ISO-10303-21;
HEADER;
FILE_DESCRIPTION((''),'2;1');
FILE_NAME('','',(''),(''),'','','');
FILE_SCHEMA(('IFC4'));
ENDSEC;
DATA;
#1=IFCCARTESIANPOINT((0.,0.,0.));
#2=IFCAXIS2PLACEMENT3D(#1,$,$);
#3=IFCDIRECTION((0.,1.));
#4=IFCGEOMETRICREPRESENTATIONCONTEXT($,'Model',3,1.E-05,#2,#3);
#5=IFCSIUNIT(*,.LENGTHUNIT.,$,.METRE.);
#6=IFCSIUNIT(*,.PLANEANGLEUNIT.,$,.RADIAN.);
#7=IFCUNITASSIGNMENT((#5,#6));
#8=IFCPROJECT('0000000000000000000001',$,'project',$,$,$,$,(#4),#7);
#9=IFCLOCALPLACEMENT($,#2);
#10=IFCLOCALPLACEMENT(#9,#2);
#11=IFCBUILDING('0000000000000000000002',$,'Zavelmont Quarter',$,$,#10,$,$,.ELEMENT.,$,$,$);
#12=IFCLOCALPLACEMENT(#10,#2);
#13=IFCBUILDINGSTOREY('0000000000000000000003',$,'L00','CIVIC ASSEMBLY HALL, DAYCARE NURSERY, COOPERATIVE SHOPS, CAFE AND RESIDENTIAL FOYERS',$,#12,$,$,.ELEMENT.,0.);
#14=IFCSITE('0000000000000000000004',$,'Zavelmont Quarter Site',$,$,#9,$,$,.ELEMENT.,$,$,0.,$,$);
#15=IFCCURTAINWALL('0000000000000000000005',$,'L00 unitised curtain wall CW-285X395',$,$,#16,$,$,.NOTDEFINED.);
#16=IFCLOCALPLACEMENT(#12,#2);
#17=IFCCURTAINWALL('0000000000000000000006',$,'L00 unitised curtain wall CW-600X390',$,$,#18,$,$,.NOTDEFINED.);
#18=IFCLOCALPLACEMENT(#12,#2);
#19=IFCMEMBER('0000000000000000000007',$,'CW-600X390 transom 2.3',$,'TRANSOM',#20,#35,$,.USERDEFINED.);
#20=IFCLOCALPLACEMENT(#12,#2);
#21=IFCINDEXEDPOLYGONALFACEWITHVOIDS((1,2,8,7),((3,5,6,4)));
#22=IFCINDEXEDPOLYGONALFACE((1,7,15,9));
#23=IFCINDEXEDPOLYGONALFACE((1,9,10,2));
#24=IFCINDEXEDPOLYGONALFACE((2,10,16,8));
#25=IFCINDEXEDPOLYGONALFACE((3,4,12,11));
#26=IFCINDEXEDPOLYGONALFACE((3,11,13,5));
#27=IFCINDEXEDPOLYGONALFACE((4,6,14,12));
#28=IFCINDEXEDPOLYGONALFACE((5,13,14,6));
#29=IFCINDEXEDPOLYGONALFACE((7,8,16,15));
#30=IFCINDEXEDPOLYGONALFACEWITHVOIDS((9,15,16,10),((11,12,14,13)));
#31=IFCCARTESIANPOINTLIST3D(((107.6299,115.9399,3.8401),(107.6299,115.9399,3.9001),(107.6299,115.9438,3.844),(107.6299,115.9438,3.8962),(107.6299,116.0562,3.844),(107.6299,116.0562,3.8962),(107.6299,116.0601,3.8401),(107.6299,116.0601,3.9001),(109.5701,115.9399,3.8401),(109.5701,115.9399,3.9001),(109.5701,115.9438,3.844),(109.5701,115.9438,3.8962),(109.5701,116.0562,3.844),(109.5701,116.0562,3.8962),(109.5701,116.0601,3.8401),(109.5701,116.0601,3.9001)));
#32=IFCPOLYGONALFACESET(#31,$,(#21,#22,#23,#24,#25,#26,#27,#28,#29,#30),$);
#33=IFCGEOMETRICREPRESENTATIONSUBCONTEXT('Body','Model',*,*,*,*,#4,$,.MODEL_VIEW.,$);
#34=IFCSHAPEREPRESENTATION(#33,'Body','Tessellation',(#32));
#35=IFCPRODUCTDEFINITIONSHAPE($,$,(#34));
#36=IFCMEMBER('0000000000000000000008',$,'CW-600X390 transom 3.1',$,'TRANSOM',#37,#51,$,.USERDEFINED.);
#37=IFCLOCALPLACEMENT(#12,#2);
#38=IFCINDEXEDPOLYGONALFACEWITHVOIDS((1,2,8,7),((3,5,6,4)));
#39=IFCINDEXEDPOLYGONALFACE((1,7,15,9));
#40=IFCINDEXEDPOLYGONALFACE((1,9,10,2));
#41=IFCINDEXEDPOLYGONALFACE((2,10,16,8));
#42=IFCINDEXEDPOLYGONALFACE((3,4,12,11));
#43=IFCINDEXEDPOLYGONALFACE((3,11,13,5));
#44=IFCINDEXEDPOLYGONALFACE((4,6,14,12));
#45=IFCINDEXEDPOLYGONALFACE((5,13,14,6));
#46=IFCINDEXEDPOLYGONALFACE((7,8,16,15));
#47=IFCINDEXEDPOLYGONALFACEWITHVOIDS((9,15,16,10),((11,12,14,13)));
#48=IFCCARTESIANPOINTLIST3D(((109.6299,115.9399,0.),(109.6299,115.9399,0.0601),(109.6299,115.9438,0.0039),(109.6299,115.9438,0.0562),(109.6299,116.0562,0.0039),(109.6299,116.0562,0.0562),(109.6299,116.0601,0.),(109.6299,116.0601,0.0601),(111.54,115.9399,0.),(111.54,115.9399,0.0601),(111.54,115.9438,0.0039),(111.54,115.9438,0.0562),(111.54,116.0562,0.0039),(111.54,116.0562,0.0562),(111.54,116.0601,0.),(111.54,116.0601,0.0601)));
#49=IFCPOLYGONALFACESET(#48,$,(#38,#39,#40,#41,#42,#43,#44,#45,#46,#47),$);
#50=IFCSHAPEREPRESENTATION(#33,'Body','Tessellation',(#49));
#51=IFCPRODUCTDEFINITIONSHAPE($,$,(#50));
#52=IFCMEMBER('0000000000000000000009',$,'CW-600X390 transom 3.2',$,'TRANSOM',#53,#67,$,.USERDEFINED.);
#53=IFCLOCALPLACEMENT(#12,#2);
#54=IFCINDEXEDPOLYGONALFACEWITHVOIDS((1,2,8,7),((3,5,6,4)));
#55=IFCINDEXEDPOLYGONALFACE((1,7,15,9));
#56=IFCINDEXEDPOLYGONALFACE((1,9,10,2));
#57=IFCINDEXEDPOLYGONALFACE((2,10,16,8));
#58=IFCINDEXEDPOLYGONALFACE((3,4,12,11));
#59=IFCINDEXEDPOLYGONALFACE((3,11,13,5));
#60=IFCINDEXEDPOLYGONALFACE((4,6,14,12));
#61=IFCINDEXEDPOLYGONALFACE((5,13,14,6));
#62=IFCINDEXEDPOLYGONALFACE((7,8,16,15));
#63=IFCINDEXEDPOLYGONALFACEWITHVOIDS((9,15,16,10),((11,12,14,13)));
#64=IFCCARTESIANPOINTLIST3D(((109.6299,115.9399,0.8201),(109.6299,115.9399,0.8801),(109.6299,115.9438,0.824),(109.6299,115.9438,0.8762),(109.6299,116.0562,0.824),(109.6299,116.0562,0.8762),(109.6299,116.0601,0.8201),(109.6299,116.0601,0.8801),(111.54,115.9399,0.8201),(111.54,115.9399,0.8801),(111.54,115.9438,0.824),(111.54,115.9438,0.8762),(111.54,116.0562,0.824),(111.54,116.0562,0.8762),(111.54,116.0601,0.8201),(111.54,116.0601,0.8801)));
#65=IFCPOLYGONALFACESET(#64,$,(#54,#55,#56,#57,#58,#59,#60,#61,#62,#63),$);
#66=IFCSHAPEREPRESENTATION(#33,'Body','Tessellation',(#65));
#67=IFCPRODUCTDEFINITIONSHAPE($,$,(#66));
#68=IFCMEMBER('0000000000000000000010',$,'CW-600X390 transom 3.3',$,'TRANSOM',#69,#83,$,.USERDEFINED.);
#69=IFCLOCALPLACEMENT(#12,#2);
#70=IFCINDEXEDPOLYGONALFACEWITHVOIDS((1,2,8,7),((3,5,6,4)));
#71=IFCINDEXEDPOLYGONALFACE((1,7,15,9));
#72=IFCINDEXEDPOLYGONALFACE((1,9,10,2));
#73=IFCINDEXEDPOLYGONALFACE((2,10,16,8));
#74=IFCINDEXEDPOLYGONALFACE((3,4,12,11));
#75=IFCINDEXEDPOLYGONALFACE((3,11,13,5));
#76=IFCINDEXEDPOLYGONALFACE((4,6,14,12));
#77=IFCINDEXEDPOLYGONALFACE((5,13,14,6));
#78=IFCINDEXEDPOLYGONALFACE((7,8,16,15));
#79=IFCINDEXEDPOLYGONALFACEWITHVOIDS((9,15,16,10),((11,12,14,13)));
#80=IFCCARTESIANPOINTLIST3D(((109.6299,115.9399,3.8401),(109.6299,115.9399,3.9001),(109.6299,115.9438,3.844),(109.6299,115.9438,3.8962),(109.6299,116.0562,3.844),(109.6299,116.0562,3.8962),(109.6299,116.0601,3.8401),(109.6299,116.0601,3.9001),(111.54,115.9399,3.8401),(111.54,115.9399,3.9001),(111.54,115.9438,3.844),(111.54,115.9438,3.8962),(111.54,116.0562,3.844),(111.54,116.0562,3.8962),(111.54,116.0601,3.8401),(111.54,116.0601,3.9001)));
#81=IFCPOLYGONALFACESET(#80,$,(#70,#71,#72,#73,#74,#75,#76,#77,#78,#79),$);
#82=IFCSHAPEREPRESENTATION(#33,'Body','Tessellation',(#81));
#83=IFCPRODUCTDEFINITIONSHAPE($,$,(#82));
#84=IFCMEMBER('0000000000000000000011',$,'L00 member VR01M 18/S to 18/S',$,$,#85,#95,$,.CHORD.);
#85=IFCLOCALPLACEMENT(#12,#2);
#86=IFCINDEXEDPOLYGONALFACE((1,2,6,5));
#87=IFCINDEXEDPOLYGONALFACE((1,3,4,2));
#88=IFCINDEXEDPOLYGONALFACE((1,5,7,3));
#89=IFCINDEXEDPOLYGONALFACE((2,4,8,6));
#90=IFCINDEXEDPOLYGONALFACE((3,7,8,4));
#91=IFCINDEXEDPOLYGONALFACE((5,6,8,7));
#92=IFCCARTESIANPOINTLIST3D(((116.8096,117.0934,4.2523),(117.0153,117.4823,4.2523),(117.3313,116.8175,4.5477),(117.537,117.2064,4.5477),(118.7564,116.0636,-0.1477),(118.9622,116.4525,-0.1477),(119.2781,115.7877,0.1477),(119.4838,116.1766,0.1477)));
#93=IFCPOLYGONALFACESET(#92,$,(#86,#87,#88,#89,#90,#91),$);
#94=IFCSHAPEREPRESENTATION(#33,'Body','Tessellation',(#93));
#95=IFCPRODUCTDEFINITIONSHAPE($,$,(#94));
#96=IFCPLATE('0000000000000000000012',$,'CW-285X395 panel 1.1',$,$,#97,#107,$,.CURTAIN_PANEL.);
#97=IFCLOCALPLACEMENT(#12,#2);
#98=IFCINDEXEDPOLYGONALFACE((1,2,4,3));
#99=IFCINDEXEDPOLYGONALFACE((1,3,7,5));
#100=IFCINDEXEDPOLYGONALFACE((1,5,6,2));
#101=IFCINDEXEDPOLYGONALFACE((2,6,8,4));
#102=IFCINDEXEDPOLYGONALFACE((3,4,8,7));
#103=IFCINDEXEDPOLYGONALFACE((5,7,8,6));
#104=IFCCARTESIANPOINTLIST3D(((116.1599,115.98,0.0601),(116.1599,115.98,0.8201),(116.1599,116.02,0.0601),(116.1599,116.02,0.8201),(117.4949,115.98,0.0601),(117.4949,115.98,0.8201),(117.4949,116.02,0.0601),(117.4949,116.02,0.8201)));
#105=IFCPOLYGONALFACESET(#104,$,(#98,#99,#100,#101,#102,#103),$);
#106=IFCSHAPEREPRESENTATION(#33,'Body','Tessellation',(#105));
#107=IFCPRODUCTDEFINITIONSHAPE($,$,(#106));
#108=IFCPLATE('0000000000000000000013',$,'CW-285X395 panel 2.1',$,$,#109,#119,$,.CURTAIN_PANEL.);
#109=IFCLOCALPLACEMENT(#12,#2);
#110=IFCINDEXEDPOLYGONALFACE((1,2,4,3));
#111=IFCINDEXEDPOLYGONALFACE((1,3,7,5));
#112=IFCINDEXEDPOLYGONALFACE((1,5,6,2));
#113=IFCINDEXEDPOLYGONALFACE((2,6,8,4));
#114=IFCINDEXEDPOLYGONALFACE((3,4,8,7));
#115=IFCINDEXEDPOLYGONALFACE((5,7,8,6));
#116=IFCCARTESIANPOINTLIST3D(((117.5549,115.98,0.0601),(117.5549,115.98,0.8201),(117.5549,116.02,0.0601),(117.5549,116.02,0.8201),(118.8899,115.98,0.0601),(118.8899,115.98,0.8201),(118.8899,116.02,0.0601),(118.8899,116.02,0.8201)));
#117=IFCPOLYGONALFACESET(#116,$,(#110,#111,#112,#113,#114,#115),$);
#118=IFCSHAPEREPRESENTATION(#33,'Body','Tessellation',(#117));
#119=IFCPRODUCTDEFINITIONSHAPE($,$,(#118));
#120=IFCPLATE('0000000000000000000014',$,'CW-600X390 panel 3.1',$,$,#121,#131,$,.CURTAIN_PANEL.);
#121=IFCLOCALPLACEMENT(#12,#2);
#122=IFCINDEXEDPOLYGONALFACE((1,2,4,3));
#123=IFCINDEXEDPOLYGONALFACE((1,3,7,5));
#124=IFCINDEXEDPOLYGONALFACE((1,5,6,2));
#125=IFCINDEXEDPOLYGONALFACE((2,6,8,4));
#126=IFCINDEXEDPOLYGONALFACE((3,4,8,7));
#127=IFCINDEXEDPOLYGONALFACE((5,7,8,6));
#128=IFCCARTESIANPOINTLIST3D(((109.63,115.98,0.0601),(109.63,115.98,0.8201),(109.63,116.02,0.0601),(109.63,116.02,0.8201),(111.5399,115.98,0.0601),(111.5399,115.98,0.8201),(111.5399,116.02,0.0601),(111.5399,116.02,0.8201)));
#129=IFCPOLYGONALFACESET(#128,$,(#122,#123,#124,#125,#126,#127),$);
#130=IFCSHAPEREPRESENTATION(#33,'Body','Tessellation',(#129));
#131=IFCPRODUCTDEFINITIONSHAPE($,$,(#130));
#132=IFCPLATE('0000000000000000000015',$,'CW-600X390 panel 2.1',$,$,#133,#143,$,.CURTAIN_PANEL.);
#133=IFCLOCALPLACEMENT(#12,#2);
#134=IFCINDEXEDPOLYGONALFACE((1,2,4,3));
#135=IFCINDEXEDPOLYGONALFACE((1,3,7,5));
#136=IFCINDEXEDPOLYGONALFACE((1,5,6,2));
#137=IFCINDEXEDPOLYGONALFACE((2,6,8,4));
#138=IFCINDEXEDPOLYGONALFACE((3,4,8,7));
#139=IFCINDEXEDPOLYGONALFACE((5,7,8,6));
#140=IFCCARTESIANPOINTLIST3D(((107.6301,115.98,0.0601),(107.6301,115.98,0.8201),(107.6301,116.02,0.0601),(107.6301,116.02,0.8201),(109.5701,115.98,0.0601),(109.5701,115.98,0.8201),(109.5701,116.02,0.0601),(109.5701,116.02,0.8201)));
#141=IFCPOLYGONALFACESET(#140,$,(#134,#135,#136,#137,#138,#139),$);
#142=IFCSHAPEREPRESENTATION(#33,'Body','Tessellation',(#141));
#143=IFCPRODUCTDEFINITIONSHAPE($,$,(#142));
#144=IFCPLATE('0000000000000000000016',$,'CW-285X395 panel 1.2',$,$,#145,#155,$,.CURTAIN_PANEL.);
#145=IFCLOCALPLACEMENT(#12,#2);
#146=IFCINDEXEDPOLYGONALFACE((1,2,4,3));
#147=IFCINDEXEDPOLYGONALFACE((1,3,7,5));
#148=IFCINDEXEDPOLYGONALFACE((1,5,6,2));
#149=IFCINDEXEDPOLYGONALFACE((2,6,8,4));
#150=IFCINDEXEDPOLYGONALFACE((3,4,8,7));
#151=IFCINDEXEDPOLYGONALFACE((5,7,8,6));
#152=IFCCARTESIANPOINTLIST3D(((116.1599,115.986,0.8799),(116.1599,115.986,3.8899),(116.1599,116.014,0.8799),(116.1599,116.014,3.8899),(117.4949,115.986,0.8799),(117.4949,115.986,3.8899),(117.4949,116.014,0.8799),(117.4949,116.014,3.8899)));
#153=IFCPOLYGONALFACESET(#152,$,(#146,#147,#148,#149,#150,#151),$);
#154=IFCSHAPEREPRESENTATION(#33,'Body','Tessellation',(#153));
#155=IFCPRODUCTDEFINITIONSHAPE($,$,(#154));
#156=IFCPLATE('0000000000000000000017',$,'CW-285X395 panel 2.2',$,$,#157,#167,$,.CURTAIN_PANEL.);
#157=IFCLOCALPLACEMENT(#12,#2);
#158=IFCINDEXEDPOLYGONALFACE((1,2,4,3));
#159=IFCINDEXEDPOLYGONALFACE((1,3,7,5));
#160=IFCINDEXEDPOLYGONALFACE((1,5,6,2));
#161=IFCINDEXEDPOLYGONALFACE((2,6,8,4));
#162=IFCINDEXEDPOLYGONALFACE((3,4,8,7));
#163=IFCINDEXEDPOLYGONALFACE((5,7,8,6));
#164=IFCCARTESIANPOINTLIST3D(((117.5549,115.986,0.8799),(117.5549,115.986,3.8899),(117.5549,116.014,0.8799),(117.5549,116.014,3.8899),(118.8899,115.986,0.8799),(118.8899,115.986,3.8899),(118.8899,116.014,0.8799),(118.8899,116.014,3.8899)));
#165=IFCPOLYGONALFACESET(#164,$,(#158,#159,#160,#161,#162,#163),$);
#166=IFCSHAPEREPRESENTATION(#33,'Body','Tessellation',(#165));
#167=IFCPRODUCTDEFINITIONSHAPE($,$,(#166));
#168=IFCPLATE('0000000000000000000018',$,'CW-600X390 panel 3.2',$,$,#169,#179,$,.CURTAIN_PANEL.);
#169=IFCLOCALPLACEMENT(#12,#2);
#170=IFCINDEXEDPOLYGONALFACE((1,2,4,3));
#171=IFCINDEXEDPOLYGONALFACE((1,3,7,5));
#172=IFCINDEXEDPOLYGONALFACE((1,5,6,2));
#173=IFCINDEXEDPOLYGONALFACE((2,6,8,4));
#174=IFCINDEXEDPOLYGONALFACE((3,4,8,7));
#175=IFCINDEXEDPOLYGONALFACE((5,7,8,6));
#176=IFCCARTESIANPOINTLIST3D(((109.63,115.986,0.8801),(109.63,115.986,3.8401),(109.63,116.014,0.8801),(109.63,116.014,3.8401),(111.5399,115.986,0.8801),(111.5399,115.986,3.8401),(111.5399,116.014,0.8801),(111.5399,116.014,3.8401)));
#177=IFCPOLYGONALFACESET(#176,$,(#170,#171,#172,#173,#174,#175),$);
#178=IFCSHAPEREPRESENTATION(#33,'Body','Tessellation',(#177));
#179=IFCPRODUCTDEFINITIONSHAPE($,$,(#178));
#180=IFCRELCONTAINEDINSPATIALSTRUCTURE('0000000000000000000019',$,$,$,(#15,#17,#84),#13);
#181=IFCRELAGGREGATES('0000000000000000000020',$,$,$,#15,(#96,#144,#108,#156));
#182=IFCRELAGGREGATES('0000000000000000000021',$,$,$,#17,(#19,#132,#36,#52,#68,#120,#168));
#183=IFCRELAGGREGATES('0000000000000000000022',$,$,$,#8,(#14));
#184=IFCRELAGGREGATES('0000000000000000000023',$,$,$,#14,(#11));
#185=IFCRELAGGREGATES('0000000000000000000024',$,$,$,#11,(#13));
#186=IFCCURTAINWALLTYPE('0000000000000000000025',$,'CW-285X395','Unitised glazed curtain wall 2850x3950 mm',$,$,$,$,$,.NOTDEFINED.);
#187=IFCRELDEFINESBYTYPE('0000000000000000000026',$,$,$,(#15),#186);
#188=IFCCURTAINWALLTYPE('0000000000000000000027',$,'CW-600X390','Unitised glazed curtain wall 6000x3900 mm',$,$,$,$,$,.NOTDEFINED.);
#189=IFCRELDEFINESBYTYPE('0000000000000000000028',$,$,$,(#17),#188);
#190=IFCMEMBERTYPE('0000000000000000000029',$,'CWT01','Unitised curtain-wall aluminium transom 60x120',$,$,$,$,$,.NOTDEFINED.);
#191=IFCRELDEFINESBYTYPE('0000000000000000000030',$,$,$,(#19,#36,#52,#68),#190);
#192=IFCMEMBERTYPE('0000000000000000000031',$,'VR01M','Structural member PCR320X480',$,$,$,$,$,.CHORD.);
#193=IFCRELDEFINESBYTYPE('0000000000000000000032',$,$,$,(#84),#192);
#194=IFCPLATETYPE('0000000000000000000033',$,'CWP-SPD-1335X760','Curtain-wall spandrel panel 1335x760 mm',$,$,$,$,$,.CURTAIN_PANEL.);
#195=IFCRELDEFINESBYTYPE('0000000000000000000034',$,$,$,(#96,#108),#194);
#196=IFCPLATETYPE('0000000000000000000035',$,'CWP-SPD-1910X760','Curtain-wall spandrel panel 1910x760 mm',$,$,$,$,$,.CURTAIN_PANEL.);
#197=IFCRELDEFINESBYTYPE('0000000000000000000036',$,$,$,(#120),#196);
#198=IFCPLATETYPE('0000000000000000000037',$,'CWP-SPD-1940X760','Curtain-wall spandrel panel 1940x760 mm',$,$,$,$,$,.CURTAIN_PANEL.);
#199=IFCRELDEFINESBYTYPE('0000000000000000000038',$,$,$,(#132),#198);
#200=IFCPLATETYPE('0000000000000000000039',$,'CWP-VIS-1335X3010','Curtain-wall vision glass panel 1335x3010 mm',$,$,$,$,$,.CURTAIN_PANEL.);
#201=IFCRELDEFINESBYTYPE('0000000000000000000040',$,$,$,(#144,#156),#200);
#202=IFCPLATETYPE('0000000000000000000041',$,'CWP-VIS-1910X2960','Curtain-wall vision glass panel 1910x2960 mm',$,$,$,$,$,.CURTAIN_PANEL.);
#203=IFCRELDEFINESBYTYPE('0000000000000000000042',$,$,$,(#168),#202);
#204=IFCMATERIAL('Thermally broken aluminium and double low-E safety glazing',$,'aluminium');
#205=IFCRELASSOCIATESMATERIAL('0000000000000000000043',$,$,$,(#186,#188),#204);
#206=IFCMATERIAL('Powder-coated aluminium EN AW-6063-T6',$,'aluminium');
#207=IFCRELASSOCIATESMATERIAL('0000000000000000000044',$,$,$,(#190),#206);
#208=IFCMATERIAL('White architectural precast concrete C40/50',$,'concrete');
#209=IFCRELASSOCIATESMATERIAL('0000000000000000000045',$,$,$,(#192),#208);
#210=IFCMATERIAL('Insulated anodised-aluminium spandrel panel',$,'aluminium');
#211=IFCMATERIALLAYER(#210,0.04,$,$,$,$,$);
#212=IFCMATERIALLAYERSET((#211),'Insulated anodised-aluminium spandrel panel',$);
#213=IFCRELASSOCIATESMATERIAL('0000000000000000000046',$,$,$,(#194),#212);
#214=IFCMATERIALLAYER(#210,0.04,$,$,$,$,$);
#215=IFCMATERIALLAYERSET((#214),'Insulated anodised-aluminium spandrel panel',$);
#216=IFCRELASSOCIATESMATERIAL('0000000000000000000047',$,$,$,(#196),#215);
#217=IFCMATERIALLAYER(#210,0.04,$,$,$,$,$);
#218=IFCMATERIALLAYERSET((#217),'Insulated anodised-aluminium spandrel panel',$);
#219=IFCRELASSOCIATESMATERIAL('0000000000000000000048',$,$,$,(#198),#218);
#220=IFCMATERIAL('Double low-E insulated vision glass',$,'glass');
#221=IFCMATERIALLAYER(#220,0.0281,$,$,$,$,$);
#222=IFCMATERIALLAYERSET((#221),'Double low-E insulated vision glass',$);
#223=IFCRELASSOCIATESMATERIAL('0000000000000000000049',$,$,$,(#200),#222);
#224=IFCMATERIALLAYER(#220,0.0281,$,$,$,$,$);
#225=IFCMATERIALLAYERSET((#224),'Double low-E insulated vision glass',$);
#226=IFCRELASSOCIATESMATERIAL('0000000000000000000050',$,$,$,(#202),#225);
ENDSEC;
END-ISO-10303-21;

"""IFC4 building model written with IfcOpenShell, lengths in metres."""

from ifc_helpers import new_model, si_unit, direction, frame, origin, origin_2d, place, context, subcontext, project, spatial, rectangle, hollow_rectangle, extrude, material, layer, layer_set, material_profile, profile_set, type_object, element, aggregate, save


model = new_model("IFC4")

# Units and contexts
model_context = context("Model", 3, precision=1e-05, world=origin(), true_north=direction((0.0, 1.0)))
body_context = subcontext(model_context, "Body", "Model", "MODEL_VIEW")
ifc_project = project(units=[si_unit("LENGTHUNIT", "METRE"), si_unit("PLANEANGLEUNIT", "RADIAN")], contexts=[model_context])

# Site, building, storey
site_placement = place(None, origin())
site = spatial("IfcSite", under=ifc_project, at=site_placement, Name="Zavelmont Quarter Site", CompositionType="ELEMENT", RefElevation=0.0)
building_placement = place(site_placement, origin())
building = spatial("IfcBuilding", under=site, at=building_placement, Name="Zavelmont Quarter", CompositionType="ELEMENT")
storey_placement = place(building_placement, origin())
storey = spatial("IfcBuildingStorey", under=building, at=storey_placement, Name="L00", Description="CIVIC ASSEMBLY HALL, DAYCARE NURSERY, COOPERATIVE SHOPS, CAFE AND RESIDENTIAL FOYERS", CompositionType="ELEMENT", Elevation=0.0)

# Curtain walls
ifc_material_1 = material(Name="Thermally broken aluminium and double low-E safety glazing", Category="aluminium")
curtain_wall_type_1 = type_object("IfcCurtainWallType", Name="CW-285X395", Description="Unitised glazed curtain wall 2850x3950 mm", PredefinedType="NOTDEFINED", material=ifc_material_1)
curtain_wall_1_placement = place(storey_placement, origin())
curtain_wall_1 = element("IfcCurtainWall", 1, at=curtain_wall_1_placement, inside=storey, type_object=curtain_wall_type_1, Name="L00 unitised curtain wall CW-285X395", PredefinedType="NOTDEFINED")
ifc_material_2 = material(Name="Powder-coated aluminium EN AW-6063-T6", Category="aluminium")
curtain_wall_type_2 = type_object("IfcCurtainWallType", Name="CW-600X390", Description="Unitised glazed curtain wall 6000x3900 mm", PredefinedType="NOTDEFINED", material=ifc_material_1)
curtain_wall_2_placement = place(storey_placement, origin())
curtain_wall_2 = element("IfcCurtainWall", 2, at=curtain_wall_2_placement, inside=storey, type_object=curtain_wall_type_2, Name="L00 unitised curtain wall CW-600X390", PredefinedType="NOTDEFINED")

# Members
ifc_material_profile_1 = material_profile(ifc_material_2, hollow_rectangle(XDim=0.1201, YDim=0.0601, WallThickness=0.0039, at=origin_2d()), Name="CWT60X120")
ifc_profile_set_1 = profile_set([ifc_material_profile_1], Name="Powder-coated aluminium EN AW-6063-T6")
member_type_1 = type_object("IfcMemberType", Name="CWT01", Description="Unitised curtain-wall aluminium transom 60x120", PredefinedType="NOTDEFINED", material=ifc_profile_set_1)
member_1_placement = place(storey_placement, frame((107.6299, 116.0, 3.8701), z_axis=(1.0, 0.0, 0.0), x_axis=(0.0, 1.0, 0.0)))
member_1 = element("IfcMember", 3, at=member_1_placement, type_object=member_type_1, Name="CW-600X390 transom 2.3", ObjectType="TRANSOM", PredefinedType="USERDEFINED", context=body_context, shape_type="SweptSolid", body=[
    extrude(hollow_rectangle(XDim=0.1201, YDim=0.0601, WallThickness=0.0039, at=origin_2d()), origin(), (0.0, 0.0, 1.0), 1.9402),
])
member_2_placement = place(storey_placement, frame((109.6299, 116.0, 0.03), z_axis=(1.0, 0.0, 0.0), x_axis=(0.0, 1.0, 0.0)))
member_2 = element("IfcMember", 4, at=member_2_placement, type_object=member_type_1, Name="CW-600X390 transom 3.1", ObjectType="TRANSOM", PredefinedType="USERDEFINED", context=body_context, shape_type="SweptSolid", body=[
    extrude(hollow_rectangle(XDim=0.1201, YDim=0.0601, WallThickness=0.0039, at=origin_2d()), origin(), (0.0, 0.0, 1.0), 1.9102),
])
member_3_placement = place(storey_placement, frame((109.6299, 116.0, 0.8501), z_axis=(1.0, 0.0, 0.0), x_axis=(0.0, 1.0, 0.0)))
member_3 = element("IfcMember", 5, at=member_3_placement, type_object=member_type_1, Name="CW-600X390 transom 3.2", ObjectType="TRANSOM", PredefinedType="USERDEFINED", context=body_context, shape_type="SweptSolid", body=[
    extrude(hollow_rectangle(XDim=0.1201, YDim=0.0601, WallThickness=0.0039, at=origin_2d()), origin(), (0.0, 0.0, 1.0), 1.9102),
])
member_4_placement = place(storey_placement, frame((109.6299, 116.0, 3.8701), z_axis=(1.0, 0.0, 0.0), x_axis=(0.0, 1.0, 0.0)))
member_4 = element("IfcMember", 6, at=member_4_placement, type_object=member_type_1, Name="CW-600X390 transom 3.3", ObjectType="TRANSOM", PredefinedType="USERDEFINED", context=body_context, shape_type="SweptSolid", body=[
    extrude(hollow_rectangle(XDim=0.1201, YDim=0.0601, WallThickness=0.0039, at=origin_2d()), origin(), (0.0, 0.0, 1.0), 1.9102),
])
ifc_material_3 = material(Name="White architectural precast concrete C40/50", Category="concrete")
ifc_material_profile_2 = material_profile(ifc_material_3, rectangle(XDim=0.4399, YDim=0.6599, at=origin_2d()), Name="PCR320X480")
ifc_profile_set_2 = profile_set([ifc_material_profile_2], Name="White architectural precast concrete C40/50")
member_type_2 = type_object("IfcMemberType", Name="VR01M", Description="Structural member PCR320X480", PredefinedType="CHORD", material=ifc_profile_set_2)
member_5_placement = place(storey_placement, frame((119.1201, 116.1201, 0.0), z_axis=(-0.395661, 0.209292, 0.894231), x_axis=(-0.467582, -0.88395, 0.0)))
element("IfcMember", 7, at=member_5_placement, inside=storey, type_object=member_type_2, Name="L00 member VR01M 18/S to 18/S", PredefinedType="CHORD", context=body_context, shape_type="SweptSolid", body=[
    extrude(rectangle(XDim=0.4399, YDim=0.6599, at=origin_2d()), origin(), (0.0, 0.0, 1.0), 4.9204),
])

# Plates
ifc_material_4 = material(Name="Insulated anodised-aluminium spandrel panel", Category="aluminium")
ifc_layer_1 = layer(ifc_material_4, 0.04)
ifc_layer_set_1 = layer_set([ifc_layer_1], Name="Insulated anodised-aluminium spandrel panel")
plate_type_1 = type_object("IfcPlateType", Name="CWP-SPD-1335X760", Description="Curtain-wall spandrel panel 1335x760 mm", PredefinedType="CURTAIN_PANEL", material=ifc_layer_set_1)
plate_1_placement = place(storey_placement, frame((116.8274, 116.0, 0.0601), z_axis=(0.0, 0.0, 1.0), x_axis=(1.0, 0.0, 0.0)))
plate_1 = element("IfcPlate", 8, at=plate_1_placement, type_object=plate_type_1, Name="CW-285X395 panel 1.1", PredefinedType="CURTAIN_PANEL", context=body_context, shape_type="SweptSolid", body=[
    extrude(rectangle(XDim=1.335, YDim=0.04, at=origin_2d()), origin(), (0.0, 0.0, 1.0), 0.76),
])
plate_2_placement = place(storey_placement, frame((118.2224, 116.0, 0.0601), z_axis=(0.0, 0.0, 1.0), x_axis=(1.0, 0.0, 0.0)))
plate_2 = element("IfcPlate", 9, at=plate_2_placement, type_object=plate_type_1, Name="CW-285X395 panel 2.1", PredefinedType="CURTAIN_PANEL", context=body_context, shape_type="SweptSolid", body=[
    extrude(rectangle(XDim=1.335, YDim=0.04, at=origin_2d()), origin(), (0.0, 0.0, 1.0), 0.76),
])
ifc_layer_2 = layer(ifc_material_4, 0.04)
ifc_layer_set_2 = layer_set([ifc_layer_2], Name="Insulated anodised-aluminium spandrel panel")
plate_type_2 = type_object("IfcPlateType", Name="CWP-SPD-1910X760", Description="Curtain-wall spandrel panel 1910x760 mm", PredefinedType="CURTAIN_PANEL", material=ifc_layer_set_2)
plate_3_placement = place(storey_placement, frame((110.585, 116.0, 0.0601), z_axis=(0.0, 0.0, 1.0), x_axis=(1.0, 0.0, 0.0)))
plate_3 = element("IfcPlate", 10, at=plate_3_placement, type_object=plate_type_2, Name="CW-600X390 panel 3.1", PredefinedType="CURTAIN_PANEL", context=body_context, shape_type="SweptSolid", body=[
    extrude(rectangle(XDim=1.9099, YDim=0.04, at=origin_2d()), origin(), (0.0, 0.0, 1.0), 0.76),
])
ifc_layer_3 = layer(ifc_material_4, 0.04)
ifc_layer_set_3 = layer_set([ifc_layer_3], Name="Insulated anodised-aluminium spandrel panel")
plate_type_3 = type_object("IfcPlateType", Name="CWP-SPD-1940X760", Description="Curtain-wall spandrel panel 1940x760 mm", PredefinedType="CURTAIN_PANEL", material=ifc_layer_set_3)
plate_4_placement = place(storey_placement, frame((108.6001, 116.0, 0.0601), z_axis=(0.0, 0.0, 1.0), x_axis=(1.0, 0.0, 0.0)))
plate_4 = element("IfcPlate", 11, at=plate_4_placement, type_object=plate_type_3, Name="CW-600X390 panel 2.1", PredefinedType="CURTAIN_PANEL", context=body_context, shape_type="SweptSolid", body=[
    extrude(rectangle(XDim=1.9399, YDim=0.04, at=origin_2d()), origin(), (0.0, 0.0, 1.0), 0.76),
])
ifc_material_5 = material(Name="Double low-E insulated vision glass", Category="glass")
ifc_layer_4 = layer(ifc_material_5, 0.0281)
ifc_layer_set_4 = layer_set([ifc_layer_4], Name="Double low-E insulated vision glass")
plate_type_4 = type_object("IfcPlateType", Name="CWP-VIS-1335X3010", Description="Curtain-wall vision glass panel 1335x3010 mm", PredefinedType="CURTAIN_PANEL", material=ifc_layer_set_4)
plate_5_placement = place(storey_placement, frame((116.8274, 116.0, 0.8799), z_axis=(0.0, 0.0, 1.0), x_axis=(1.0, 0.0, 0.0)))
plate_5 = element("IfcPlate", 12, at=plate_5_placement, type_object=plate_type_4, Name="CW-285X395 panel 1.2", PredefinedType="CURTAIN_PANEL", context=body_context, shape_type="SweptSolid", body=[
    extrude(rectangle(XDim=1.335, YDim=0.0281, at=origin_2d()), origin(), (0.0, 0.0, 1.0), 3.01),
])
plate_6_placement = place(storey_placement, frame((118.2224, 116.0, 0.8799), z_axis=(0.0, 0.0, 1.0), x_axis=(1.0, 0.0, 0.0)))
plate_6 = element("IfcPlate", 13, at=plate_6_placement, type_object=plate_type_4, Name="CW-285X395 panel 2.2", PredefinedType="CURTAIN_PANEL", context=body_context, shape_type="SweptSolid", body=[
    extrude(rectangle(XDim=1.335, YDim=0.0281, at=origin_2d()), origin(), (0.0, 0.0, 1.0), 3.01),
])
aggregate(curtain_wall_1, [plate_1, plate_5, plate_2, plate_6])
ifc_layer_5 = layer(ifc_material_5, 0.0281)
ifc_layer_set_5 = layer_set([ifc_layer_5], Name="Double low-E insulated vision glass")
plate_type_5 = type_object("IfcPlateType", Name="CWP-VIS-1910X2960", Description="Curtain-wall vision glass panel 1910x2960 mm", PredefinedType="CURTAIN_PANEL", material=ifc_layer_set_5)
plate_7_placement = place(storey_placement, frame((110.585, 116.0, 0.8801), z_axis=(0.0, 0.0, 1.0), x_axis=(1.0, 0.0, 0.0)))
plate_7 = element("IfcPlate", 14, at=plate_7_placement, type_object=plate_type_5, Name="CW-600X390 panel 3.2", PredefinedType="CURTAIN_PANEL", context=body_context, shape_type="SweptSolid", body=[
    extrude(rectangle(XDim=1.9099, YDim=0.0281, at=origin_2d()), origin(), (0.0, 0.0, 1.0), 2.96),
])
aggregate(curtain_wall_2, [member_1, plate_4, member_2, member_3, member_4, plate_3, plate_7])

save(model, "model.ifc")
